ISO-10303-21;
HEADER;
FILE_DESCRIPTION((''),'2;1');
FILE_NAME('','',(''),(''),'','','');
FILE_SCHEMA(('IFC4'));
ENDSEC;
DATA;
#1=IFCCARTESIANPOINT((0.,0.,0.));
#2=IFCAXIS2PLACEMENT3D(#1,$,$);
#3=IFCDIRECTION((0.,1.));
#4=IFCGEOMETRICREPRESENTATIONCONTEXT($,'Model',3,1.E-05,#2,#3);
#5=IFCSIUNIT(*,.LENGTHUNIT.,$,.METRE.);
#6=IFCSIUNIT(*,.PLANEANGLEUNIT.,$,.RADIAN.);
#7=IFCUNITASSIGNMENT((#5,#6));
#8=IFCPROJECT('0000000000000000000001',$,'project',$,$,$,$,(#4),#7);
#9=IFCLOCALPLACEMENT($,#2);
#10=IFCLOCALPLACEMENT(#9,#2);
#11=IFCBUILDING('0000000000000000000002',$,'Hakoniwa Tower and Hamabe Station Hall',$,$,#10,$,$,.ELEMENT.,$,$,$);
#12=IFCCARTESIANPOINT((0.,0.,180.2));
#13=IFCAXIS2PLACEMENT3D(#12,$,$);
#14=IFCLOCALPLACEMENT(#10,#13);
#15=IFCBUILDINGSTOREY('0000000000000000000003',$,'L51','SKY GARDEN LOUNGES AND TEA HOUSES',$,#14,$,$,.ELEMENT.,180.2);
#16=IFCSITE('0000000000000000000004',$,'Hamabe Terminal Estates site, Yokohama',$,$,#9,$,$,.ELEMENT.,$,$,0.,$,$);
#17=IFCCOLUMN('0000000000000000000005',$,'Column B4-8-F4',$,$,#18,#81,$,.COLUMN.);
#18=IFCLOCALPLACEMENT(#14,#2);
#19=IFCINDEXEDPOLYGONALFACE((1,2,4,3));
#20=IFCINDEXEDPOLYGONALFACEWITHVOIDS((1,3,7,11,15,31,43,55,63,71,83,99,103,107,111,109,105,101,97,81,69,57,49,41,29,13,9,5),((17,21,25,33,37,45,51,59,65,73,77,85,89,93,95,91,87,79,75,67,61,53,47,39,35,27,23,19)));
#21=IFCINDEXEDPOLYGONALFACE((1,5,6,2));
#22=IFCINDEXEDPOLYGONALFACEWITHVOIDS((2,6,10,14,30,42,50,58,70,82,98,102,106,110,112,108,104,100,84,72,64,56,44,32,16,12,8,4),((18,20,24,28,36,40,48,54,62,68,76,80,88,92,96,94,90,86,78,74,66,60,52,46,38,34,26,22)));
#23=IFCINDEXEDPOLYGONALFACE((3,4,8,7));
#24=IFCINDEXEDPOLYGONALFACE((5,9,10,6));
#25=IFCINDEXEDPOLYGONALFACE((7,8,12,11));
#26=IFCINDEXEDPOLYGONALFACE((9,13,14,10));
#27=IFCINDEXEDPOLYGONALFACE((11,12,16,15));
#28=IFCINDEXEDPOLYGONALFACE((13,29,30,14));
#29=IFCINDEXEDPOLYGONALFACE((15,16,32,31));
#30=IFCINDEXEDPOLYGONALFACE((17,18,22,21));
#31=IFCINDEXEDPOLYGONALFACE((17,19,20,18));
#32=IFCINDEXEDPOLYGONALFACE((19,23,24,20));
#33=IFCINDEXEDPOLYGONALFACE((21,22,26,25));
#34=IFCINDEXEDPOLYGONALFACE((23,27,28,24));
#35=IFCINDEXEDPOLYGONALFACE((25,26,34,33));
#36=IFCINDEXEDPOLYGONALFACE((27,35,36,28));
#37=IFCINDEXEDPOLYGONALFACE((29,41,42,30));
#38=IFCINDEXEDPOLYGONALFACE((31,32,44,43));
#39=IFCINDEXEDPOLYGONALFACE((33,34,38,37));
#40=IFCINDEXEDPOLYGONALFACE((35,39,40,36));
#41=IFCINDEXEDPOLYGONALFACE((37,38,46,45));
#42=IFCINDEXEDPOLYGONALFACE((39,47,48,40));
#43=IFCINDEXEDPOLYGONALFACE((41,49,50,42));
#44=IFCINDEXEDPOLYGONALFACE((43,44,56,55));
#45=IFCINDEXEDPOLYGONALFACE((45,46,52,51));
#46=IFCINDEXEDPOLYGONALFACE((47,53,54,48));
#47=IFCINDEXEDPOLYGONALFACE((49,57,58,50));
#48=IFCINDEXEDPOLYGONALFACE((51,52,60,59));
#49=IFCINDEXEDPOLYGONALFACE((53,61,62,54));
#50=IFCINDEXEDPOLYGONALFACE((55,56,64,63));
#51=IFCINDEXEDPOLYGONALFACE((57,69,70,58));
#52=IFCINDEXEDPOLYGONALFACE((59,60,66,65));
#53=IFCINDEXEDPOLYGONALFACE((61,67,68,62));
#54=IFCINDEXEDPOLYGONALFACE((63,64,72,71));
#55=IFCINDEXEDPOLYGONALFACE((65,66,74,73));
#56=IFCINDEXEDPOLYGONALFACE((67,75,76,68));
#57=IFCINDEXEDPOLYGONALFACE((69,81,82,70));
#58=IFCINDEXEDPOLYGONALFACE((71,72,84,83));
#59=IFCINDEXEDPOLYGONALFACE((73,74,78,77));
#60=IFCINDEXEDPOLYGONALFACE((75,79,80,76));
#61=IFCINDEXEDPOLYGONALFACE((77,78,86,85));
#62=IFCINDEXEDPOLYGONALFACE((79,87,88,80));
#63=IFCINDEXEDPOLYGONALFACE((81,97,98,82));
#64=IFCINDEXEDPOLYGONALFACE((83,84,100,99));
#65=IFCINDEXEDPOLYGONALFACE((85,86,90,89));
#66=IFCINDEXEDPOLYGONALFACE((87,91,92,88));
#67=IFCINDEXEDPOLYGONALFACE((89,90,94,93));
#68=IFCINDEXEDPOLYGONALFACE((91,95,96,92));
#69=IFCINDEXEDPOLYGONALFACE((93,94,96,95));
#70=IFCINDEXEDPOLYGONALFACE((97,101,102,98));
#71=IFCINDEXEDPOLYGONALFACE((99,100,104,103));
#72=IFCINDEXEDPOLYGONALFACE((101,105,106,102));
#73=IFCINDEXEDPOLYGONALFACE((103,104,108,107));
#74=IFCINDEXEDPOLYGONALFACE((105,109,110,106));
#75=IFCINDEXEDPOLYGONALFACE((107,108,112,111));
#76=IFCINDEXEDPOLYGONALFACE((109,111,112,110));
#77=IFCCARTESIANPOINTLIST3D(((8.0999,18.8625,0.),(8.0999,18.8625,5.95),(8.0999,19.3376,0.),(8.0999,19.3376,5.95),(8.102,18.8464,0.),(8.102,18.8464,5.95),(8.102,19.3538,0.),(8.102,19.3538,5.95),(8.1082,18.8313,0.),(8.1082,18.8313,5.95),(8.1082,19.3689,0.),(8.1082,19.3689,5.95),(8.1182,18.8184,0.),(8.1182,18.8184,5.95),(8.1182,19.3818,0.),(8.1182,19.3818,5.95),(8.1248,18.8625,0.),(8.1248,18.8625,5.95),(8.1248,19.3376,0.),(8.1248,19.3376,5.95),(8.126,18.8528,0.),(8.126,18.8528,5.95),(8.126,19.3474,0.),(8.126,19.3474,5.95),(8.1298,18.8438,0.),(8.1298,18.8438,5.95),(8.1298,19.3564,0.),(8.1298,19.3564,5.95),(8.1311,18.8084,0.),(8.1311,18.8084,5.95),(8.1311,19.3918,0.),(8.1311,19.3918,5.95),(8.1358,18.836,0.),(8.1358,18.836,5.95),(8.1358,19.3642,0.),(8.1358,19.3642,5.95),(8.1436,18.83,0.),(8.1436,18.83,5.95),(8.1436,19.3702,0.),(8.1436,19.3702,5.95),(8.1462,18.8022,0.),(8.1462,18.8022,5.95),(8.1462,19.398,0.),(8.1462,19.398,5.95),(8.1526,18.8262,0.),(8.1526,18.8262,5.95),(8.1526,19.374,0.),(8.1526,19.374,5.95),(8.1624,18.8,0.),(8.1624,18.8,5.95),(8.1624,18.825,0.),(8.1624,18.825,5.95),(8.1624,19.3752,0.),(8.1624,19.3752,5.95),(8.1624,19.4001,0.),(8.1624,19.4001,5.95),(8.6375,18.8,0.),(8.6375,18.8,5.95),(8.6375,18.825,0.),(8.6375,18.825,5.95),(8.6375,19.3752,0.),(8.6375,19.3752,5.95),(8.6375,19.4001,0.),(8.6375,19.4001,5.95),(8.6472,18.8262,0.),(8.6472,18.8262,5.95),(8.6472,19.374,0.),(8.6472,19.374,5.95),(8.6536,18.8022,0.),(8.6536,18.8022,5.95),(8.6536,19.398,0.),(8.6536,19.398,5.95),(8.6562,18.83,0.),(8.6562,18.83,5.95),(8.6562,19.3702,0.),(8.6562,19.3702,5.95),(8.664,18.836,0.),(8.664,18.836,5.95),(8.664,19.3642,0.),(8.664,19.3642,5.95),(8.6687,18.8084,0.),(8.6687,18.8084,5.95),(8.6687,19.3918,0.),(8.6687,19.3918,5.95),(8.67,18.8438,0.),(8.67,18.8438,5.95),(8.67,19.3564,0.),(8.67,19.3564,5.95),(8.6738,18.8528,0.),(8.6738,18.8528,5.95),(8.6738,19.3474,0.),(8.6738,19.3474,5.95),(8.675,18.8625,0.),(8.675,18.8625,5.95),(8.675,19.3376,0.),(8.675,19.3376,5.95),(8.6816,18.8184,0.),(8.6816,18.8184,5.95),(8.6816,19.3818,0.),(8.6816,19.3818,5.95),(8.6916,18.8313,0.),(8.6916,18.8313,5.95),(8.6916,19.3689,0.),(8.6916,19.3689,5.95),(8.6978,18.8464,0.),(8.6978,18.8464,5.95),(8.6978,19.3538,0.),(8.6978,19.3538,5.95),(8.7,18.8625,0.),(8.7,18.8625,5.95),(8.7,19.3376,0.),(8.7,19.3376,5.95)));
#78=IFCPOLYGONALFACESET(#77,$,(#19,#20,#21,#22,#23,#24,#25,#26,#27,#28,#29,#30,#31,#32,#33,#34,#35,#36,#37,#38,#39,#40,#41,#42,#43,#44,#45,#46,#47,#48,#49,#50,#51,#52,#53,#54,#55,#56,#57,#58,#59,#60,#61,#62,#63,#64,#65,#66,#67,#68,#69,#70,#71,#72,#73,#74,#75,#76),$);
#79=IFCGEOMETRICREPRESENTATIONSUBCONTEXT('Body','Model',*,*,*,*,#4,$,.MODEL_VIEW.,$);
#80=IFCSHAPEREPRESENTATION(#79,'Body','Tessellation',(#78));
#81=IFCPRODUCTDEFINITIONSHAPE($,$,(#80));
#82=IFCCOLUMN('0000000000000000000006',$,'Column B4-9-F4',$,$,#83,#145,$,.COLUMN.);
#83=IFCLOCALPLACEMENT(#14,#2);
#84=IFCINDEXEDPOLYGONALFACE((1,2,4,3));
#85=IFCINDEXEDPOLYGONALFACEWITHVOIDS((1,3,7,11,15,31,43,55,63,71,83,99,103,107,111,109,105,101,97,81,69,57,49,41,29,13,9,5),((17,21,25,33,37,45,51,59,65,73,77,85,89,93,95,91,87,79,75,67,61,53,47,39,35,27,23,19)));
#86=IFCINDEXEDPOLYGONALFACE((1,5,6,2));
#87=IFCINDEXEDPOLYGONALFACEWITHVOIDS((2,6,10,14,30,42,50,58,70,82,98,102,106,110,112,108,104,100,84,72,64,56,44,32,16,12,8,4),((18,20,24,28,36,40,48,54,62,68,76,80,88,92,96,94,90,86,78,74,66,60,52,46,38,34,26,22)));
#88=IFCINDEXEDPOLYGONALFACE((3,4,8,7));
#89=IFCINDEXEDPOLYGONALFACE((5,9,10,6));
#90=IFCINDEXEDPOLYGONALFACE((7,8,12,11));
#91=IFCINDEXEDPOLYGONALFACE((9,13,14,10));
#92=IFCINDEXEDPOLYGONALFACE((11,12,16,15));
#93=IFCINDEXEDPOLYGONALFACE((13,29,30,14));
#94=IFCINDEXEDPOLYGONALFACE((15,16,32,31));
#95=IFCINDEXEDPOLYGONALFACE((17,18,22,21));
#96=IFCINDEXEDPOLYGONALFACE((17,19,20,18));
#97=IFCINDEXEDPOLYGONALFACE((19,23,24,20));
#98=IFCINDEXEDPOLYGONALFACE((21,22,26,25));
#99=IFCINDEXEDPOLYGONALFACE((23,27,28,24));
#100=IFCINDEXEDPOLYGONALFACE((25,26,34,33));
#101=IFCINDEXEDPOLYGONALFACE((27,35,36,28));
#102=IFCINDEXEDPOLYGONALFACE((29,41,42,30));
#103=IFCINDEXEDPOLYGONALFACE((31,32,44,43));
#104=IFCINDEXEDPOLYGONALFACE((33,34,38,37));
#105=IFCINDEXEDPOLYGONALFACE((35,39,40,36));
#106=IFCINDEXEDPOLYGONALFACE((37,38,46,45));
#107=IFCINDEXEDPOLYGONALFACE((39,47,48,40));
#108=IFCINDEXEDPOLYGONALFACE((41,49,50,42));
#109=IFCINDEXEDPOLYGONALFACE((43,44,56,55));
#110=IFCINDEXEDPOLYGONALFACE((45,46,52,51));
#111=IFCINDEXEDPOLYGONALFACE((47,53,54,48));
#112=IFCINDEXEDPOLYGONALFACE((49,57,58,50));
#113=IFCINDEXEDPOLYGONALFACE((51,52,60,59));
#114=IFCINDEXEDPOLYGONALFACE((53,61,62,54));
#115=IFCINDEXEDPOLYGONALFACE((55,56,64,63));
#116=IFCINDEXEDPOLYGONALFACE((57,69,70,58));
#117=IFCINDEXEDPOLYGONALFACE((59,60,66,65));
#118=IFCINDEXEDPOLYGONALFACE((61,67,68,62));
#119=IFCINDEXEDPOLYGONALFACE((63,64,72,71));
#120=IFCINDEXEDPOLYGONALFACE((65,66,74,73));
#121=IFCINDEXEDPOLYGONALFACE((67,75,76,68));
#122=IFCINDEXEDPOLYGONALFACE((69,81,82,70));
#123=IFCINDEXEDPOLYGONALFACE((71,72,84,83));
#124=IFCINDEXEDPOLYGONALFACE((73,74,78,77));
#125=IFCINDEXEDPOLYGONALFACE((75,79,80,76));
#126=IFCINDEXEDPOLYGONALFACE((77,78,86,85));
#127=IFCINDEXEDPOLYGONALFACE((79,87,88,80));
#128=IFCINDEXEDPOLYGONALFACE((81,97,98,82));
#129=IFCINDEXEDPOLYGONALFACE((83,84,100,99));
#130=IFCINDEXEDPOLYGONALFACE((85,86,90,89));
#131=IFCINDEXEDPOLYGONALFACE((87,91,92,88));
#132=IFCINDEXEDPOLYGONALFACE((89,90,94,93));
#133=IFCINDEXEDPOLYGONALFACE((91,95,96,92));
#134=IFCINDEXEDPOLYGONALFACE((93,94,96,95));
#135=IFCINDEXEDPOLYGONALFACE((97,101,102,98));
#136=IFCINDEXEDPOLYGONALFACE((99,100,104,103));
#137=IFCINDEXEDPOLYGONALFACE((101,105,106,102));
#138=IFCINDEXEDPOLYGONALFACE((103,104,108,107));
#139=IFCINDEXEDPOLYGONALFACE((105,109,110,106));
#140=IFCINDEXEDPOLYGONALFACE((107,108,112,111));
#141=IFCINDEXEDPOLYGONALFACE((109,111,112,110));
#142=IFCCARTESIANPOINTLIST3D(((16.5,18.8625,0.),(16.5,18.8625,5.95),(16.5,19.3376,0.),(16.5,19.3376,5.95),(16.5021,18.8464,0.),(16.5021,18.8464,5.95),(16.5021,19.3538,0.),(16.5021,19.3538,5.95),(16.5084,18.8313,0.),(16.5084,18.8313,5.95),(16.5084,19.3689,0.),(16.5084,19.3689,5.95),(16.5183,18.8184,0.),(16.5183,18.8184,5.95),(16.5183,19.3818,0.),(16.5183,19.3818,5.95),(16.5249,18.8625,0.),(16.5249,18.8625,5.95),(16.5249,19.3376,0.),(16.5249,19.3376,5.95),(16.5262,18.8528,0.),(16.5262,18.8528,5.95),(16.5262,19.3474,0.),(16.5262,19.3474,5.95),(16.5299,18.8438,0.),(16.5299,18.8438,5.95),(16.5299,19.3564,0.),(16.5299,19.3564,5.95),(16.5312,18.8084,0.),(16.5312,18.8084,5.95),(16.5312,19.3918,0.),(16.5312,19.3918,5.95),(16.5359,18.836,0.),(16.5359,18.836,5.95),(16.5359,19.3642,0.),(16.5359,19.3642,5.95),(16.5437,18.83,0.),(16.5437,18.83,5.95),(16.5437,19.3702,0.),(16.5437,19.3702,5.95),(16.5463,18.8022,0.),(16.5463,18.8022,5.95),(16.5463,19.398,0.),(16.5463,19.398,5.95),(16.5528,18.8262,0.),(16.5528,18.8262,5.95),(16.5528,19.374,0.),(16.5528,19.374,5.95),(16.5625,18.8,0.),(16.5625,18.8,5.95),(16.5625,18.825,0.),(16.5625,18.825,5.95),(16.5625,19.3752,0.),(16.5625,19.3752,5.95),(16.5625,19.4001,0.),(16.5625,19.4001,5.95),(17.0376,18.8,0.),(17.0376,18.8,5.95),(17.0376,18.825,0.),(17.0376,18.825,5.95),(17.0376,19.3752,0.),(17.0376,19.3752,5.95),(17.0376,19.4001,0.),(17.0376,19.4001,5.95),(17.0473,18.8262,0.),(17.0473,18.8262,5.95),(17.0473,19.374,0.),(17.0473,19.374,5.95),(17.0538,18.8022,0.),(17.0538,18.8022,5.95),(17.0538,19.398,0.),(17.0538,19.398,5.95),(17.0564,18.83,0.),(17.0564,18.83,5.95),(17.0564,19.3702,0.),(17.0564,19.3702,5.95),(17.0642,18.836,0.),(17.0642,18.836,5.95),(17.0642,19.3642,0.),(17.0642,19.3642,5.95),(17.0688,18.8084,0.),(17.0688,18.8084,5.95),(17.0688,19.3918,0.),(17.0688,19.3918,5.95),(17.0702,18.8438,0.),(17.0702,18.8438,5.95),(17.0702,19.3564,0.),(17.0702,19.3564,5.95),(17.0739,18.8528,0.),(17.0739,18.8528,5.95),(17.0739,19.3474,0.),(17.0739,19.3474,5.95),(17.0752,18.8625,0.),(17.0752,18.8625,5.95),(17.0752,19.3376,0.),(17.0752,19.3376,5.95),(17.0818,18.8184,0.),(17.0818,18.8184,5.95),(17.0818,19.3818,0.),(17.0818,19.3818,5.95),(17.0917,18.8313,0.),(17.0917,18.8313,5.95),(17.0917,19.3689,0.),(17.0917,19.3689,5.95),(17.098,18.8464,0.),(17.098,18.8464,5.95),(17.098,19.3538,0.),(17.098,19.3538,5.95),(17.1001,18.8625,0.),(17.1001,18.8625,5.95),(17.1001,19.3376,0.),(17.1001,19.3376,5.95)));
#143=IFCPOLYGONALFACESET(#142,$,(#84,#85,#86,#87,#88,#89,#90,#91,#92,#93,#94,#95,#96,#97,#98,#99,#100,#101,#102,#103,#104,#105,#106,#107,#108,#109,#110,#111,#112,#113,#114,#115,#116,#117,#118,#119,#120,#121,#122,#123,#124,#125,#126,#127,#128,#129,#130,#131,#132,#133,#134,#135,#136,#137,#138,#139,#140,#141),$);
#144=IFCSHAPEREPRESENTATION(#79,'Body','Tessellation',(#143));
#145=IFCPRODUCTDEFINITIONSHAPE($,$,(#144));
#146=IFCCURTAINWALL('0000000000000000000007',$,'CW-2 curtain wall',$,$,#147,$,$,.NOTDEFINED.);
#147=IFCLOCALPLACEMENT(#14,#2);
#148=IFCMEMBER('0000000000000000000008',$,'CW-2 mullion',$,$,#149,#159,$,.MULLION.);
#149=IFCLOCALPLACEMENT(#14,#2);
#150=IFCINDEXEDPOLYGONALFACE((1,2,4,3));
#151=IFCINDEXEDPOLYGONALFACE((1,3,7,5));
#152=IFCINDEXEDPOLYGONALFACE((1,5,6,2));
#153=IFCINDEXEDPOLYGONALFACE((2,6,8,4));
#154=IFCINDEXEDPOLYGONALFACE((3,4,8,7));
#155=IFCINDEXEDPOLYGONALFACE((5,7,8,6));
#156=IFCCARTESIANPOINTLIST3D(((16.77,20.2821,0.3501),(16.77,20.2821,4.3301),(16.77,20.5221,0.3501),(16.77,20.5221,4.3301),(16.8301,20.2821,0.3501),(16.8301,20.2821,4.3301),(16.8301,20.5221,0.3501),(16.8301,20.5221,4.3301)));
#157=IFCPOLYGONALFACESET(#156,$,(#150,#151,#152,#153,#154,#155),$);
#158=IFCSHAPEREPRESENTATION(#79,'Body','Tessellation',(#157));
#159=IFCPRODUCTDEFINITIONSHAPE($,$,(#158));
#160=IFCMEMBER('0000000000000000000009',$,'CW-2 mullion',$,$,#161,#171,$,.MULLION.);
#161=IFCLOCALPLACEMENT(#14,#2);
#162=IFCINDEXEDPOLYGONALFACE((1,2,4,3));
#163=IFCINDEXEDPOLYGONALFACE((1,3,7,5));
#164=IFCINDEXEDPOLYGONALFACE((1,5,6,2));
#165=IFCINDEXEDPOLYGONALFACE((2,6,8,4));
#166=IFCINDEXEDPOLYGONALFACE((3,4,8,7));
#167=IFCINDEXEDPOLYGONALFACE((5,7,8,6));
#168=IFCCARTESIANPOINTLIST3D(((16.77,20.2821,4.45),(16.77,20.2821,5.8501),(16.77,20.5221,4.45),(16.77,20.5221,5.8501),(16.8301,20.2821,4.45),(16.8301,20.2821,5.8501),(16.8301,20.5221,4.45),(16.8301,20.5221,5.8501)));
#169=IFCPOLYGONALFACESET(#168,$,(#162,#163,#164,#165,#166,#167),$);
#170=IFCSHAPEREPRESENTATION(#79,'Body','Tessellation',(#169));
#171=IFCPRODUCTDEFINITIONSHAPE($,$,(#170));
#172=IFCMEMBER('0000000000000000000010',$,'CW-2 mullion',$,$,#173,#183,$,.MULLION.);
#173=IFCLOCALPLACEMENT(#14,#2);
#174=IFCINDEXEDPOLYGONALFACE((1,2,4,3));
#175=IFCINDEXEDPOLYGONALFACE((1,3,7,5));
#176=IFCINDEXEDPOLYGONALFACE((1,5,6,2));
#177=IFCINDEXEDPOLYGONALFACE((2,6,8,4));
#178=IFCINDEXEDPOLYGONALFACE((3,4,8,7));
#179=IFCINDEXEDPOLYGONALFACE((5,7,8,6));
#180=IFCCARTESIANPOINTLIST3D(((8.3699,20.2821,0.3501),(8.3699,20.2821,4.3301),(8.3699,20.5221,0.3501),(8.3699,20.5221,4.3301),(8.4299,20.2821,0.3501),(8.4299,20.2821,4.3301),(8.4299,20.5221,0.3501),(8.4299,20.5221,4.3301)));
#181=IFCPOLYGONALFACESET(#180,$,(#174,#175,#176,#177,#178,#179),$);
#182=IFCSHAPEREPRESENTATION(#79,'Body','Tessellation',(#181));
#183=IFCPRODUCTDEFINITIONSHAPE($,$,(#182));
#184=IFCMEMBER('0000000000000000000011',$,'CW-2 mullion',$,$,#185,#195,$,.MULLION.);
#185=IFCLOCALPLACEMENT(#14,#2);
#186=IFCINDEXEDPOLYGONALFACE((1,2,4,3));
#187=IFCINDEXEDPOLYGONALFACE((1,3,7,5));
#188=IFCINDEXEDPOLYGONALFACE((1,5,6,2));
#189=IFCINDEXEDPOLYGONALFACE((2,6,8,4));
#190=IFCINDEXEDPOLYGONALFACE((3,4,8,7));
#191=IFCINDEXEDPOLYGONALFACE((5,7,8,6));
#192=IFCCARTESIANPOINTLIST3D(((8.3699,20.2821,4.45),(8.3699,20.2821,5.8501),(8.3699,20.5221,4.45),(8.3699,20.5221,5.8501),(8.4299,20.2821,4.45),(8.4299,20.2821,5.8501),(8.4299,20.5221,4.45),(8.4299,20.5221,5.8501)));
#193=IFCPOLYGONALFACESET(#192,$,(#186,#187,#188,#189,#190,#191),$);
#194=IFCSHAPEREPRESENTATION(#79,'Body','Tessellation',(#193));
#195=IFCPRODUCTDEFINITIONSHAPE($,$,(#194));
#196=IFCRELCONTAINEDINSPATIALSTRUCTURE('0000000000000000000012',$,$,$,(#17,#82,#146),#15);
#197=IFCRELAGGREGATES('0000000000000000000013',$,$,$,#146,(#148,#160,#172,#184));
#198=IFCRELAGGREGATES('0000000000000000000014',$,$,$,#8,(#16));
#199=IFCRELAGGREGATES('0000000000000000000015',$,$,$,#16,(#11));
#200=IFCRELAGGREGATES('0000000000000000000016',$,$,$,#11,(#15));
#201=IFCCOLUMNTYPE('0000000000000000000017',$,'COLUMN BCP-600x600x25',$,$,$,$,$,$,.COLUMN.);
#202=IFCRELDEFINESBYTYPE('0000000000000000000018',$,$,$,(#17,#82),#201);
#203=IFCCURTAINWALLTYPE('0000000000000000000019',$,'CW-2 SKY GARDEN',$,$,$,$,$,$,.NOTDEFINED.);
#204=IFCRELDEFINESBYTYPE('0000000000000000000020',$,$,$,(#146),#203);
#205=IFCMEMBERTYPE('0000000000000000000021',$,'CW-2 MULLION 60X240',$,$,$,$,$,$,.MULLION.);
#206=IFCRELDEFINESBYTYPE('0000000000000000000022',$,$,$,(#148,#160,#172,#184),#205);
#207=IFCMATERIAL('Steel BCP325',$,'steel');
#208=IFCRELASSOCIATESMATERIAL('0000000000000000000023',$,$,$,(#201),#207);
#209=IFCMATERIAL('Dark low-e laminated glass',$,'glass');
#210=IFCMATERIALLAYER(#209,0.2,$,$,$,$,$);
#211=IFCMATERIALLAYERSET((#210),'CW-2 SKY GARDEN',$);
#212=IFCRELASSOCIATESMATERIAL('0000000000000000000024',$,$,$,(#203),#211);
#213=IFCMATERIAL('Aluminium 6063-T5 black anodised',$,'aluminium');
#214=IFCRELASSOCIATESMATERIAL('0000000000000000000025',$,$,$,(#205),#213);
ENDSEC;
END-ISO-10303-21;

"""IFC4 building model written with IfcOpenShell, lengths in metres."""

from ifc_helpers import new_model, si_unit, direction, frame, origin, origin_2d, place, context, subcontext, project, spatial, rectangle, hollow_rectangle, extrude, material, layer, layer_set, material_profile, profile_set, type_object, element, aggregate, save


model = new_model("IFC4")

# Units and contexts
model_context = context("Model", 3, precision=1e-05, world=origin(), true_north=direction((0.0, 1.0)))
body_context = subcontext(model_context, "Body", "Model", "MODEL_VIEW")
ifc_project = project(units=[si_unit("LENGTHUNIT", "METRE"), si_unit("PLANEANGLEUNIT", "RADIAN")], contexts=[model_context])

# Site, building, storey
site_placement = place(None, origin())
site = spatial("IfcSite", under=ifc_project, at=site_placement, Name="Hamabe Terminal Estates site, Yokohama", CompositionType="ELEMENT", RefElevation=0.0)
building_placement = place(site_placement, origin())
building = spatial("IfcBuilding", under=site, at=building_placement, Name="Hakoniwa Tower and Hamabe Station Hall", CompositionType="ELEMENT")
storey_placement = place(building_placement, frame((0.0, 0.0, 180.2)))
storey = spatial("IfcBuildingStorey", under=building, at=storey_placement, Name="L51", Description="SKY GARDEN LOUNGES AND TEA HOUSES", CompositionType="ELEMENT", Elevation=180.2)

# Columns
ifc_material_1 = material(Name="Steel BCP325", Category="steel")
ifc_material_profile_1 = material_profile(ifc_material_1, hollow_rectangle(XDim=0.6001, YDim=0.6001, WallThickness=0.0249, InnerFilletRadius=0.0376, OuterFilletRadius=0.0625, at=origin_2d()), Name="BCP-600x600x25")
ifc_profile_set_1 = profile_set([ifc_material_profile_1], Name="Steel BCP325")
column_type = type_object("IfcColumnType", Name="COLUMN BCP-600x600x25", PredefinedType="COLUMN", material=ifc_profile_set_1)
for number, where, z_axis, x_axis, name in (
    (1, (8.3999, 19.1001, 0.0), (0.0, 0.0, 1.0), (1.0, 0.0, 0.0), "Column B4-8-F4"),
    (2, (16.8, 19.1001, 0.0), (0.0, 0.0, 1.0), (1.0, 0.0, 0.0), "Column B4-9-F4"),
):
    element("IfcColumn", number, at=place(storey_placement, frame(where, z_axis=z_axis, x_axis=x_axis)), inside=storey, type_object=column_type, Name=name, PredefinedType="COLUMN", context=body_context, shape_type="SweptSolid", body=[
        extrude(hollow_rectangle(XDim=0.6001, YDim=0.6001, WallThickness=0.0249, InnerFilletRadius=0.0376, OuterFilletRadius=0.0625, at=origin_2d()), origin(), (0.0, 0.0, 1.0), 5.95),
    ])

# Curtain wall, members
ifc_material_2 = material(Name="Dark low-e laminated glass", Category="glass")
ifc_layer_1 = layer(ifc_material_2, 0.2)
ifc_layer_set_1 = layer_set([ifc_layer_1], Name="CW-2 SKY GARDEN")
curtain_wall_type = type_object("IfcCurtainWallType", Name="CW-2 SKY GARDEN", PredefinedType="NOTDEFINED", material=ifc_layer_set_1)
curtain_wall_placement = place(storey_placement, origin())
curtain_wall = element("IfcCurtainWall", 3, at=curtain_wall_placement, inside=storey, type_object=curtain_wall_type, Name="CW-2 curtain wall", PredefinedType="NOTDEFINED")
ifc_material_3 = material(Name="Aluminium 6063-T5 black anodised", Category="aluminium")
ifc_material_profile_2 = material_profile(ifc_material_3, rectangle(XDim=0.0601, YDim=0.24, at=origin_2d()), Name="CW-2 MULLION 60X240")
ifc_profile_set_2 = profile_set([ifc_material_profile_2], Name="Aluminium 6063-T5 black anodised")
member_type = type_object("IfcMemberType", Name="CW-2 MULLION 60X240", PredefinedType="MULLION", material=ifc_profile_set_2)
member_1_placement = place(storey_placement, frame((16.8, 20.4021, 0.3501), z_axis=(0.0, 0.0, 1.0), x_axis=(-1.0, 0.0, 0.0)))
member_1 = element("IfcMember", 4, at=member_1_placement, type_object=member_type, Name="CW-2 mullion", PredefinedType="MULLION", context=body_context, shape_type="SweptSolid", body=[
    extrude(rectangle(XDim=0.0601, YDim=0.24, at=origin_2d()), origin(), (0.0, 0.0, 1.0), 3.98),
])
member_2_placement = place(storey_placement, frame((16.8, 20.4021, 4.45), z_axis=(0.0, 0.0, 1.0), x_axis=(-1.0, 0.0, 0.0)))
member_2 = element("IfcMember", 5, at=member_2_placement, type_object=member_type, Name="CW-2 mullion", PredefinedType="MULLION", context=body_context, shape_type="SweptSolid", body=[
    extrude(rectangle(XDim=0.0601, YDim=0.24, at=origin_2d()), origin(), (0.0, 0.0, 1.0), 1.4001),
])
member_3_placement = place(storey_placement, frame((8.3999, 20.4021, 0.3501), z_axis=(0.0, 0.0, 1.0), x_axis=(-1.0, 0.0, 0.0)))
member_3 = element("IfcMember", 6, at=member_3_placement, type_object=member_type, Name="CW-2 mullion", PredefinedType="MULLION", context=body_context, shape_type="SweptSolid", body=[
    extrude(rectangle(XDim=0.0601, YDim=0.24, at=origin_2d()), origin(), (0.0, 0.0, 1.0), 3.98),
])
member_4_placement = place(storey_placement, frame((8.3999, 20.4021, 4.45), z_axis=(0.0, 0.0, 1.0), x_axis=(-1.0, 0.0, 0.0)))
member_4 = element("IfcMember", 7, at=member_4_placement, type_object=member_type, Name="CW-2 mullion", PredefinedType="MULLION", context=body_context, shape_type="SweptSolid", body=[
    extrude(rectangle(XDim=0.0601, YDim=0.24, at=origin_2d()), origin(), (0.0, 0.0, 1.0), 1.4001),
])
aggregate(curtain_wall, [member_1, member_2, member_3, member_4])

save(model, "model.ifc")
